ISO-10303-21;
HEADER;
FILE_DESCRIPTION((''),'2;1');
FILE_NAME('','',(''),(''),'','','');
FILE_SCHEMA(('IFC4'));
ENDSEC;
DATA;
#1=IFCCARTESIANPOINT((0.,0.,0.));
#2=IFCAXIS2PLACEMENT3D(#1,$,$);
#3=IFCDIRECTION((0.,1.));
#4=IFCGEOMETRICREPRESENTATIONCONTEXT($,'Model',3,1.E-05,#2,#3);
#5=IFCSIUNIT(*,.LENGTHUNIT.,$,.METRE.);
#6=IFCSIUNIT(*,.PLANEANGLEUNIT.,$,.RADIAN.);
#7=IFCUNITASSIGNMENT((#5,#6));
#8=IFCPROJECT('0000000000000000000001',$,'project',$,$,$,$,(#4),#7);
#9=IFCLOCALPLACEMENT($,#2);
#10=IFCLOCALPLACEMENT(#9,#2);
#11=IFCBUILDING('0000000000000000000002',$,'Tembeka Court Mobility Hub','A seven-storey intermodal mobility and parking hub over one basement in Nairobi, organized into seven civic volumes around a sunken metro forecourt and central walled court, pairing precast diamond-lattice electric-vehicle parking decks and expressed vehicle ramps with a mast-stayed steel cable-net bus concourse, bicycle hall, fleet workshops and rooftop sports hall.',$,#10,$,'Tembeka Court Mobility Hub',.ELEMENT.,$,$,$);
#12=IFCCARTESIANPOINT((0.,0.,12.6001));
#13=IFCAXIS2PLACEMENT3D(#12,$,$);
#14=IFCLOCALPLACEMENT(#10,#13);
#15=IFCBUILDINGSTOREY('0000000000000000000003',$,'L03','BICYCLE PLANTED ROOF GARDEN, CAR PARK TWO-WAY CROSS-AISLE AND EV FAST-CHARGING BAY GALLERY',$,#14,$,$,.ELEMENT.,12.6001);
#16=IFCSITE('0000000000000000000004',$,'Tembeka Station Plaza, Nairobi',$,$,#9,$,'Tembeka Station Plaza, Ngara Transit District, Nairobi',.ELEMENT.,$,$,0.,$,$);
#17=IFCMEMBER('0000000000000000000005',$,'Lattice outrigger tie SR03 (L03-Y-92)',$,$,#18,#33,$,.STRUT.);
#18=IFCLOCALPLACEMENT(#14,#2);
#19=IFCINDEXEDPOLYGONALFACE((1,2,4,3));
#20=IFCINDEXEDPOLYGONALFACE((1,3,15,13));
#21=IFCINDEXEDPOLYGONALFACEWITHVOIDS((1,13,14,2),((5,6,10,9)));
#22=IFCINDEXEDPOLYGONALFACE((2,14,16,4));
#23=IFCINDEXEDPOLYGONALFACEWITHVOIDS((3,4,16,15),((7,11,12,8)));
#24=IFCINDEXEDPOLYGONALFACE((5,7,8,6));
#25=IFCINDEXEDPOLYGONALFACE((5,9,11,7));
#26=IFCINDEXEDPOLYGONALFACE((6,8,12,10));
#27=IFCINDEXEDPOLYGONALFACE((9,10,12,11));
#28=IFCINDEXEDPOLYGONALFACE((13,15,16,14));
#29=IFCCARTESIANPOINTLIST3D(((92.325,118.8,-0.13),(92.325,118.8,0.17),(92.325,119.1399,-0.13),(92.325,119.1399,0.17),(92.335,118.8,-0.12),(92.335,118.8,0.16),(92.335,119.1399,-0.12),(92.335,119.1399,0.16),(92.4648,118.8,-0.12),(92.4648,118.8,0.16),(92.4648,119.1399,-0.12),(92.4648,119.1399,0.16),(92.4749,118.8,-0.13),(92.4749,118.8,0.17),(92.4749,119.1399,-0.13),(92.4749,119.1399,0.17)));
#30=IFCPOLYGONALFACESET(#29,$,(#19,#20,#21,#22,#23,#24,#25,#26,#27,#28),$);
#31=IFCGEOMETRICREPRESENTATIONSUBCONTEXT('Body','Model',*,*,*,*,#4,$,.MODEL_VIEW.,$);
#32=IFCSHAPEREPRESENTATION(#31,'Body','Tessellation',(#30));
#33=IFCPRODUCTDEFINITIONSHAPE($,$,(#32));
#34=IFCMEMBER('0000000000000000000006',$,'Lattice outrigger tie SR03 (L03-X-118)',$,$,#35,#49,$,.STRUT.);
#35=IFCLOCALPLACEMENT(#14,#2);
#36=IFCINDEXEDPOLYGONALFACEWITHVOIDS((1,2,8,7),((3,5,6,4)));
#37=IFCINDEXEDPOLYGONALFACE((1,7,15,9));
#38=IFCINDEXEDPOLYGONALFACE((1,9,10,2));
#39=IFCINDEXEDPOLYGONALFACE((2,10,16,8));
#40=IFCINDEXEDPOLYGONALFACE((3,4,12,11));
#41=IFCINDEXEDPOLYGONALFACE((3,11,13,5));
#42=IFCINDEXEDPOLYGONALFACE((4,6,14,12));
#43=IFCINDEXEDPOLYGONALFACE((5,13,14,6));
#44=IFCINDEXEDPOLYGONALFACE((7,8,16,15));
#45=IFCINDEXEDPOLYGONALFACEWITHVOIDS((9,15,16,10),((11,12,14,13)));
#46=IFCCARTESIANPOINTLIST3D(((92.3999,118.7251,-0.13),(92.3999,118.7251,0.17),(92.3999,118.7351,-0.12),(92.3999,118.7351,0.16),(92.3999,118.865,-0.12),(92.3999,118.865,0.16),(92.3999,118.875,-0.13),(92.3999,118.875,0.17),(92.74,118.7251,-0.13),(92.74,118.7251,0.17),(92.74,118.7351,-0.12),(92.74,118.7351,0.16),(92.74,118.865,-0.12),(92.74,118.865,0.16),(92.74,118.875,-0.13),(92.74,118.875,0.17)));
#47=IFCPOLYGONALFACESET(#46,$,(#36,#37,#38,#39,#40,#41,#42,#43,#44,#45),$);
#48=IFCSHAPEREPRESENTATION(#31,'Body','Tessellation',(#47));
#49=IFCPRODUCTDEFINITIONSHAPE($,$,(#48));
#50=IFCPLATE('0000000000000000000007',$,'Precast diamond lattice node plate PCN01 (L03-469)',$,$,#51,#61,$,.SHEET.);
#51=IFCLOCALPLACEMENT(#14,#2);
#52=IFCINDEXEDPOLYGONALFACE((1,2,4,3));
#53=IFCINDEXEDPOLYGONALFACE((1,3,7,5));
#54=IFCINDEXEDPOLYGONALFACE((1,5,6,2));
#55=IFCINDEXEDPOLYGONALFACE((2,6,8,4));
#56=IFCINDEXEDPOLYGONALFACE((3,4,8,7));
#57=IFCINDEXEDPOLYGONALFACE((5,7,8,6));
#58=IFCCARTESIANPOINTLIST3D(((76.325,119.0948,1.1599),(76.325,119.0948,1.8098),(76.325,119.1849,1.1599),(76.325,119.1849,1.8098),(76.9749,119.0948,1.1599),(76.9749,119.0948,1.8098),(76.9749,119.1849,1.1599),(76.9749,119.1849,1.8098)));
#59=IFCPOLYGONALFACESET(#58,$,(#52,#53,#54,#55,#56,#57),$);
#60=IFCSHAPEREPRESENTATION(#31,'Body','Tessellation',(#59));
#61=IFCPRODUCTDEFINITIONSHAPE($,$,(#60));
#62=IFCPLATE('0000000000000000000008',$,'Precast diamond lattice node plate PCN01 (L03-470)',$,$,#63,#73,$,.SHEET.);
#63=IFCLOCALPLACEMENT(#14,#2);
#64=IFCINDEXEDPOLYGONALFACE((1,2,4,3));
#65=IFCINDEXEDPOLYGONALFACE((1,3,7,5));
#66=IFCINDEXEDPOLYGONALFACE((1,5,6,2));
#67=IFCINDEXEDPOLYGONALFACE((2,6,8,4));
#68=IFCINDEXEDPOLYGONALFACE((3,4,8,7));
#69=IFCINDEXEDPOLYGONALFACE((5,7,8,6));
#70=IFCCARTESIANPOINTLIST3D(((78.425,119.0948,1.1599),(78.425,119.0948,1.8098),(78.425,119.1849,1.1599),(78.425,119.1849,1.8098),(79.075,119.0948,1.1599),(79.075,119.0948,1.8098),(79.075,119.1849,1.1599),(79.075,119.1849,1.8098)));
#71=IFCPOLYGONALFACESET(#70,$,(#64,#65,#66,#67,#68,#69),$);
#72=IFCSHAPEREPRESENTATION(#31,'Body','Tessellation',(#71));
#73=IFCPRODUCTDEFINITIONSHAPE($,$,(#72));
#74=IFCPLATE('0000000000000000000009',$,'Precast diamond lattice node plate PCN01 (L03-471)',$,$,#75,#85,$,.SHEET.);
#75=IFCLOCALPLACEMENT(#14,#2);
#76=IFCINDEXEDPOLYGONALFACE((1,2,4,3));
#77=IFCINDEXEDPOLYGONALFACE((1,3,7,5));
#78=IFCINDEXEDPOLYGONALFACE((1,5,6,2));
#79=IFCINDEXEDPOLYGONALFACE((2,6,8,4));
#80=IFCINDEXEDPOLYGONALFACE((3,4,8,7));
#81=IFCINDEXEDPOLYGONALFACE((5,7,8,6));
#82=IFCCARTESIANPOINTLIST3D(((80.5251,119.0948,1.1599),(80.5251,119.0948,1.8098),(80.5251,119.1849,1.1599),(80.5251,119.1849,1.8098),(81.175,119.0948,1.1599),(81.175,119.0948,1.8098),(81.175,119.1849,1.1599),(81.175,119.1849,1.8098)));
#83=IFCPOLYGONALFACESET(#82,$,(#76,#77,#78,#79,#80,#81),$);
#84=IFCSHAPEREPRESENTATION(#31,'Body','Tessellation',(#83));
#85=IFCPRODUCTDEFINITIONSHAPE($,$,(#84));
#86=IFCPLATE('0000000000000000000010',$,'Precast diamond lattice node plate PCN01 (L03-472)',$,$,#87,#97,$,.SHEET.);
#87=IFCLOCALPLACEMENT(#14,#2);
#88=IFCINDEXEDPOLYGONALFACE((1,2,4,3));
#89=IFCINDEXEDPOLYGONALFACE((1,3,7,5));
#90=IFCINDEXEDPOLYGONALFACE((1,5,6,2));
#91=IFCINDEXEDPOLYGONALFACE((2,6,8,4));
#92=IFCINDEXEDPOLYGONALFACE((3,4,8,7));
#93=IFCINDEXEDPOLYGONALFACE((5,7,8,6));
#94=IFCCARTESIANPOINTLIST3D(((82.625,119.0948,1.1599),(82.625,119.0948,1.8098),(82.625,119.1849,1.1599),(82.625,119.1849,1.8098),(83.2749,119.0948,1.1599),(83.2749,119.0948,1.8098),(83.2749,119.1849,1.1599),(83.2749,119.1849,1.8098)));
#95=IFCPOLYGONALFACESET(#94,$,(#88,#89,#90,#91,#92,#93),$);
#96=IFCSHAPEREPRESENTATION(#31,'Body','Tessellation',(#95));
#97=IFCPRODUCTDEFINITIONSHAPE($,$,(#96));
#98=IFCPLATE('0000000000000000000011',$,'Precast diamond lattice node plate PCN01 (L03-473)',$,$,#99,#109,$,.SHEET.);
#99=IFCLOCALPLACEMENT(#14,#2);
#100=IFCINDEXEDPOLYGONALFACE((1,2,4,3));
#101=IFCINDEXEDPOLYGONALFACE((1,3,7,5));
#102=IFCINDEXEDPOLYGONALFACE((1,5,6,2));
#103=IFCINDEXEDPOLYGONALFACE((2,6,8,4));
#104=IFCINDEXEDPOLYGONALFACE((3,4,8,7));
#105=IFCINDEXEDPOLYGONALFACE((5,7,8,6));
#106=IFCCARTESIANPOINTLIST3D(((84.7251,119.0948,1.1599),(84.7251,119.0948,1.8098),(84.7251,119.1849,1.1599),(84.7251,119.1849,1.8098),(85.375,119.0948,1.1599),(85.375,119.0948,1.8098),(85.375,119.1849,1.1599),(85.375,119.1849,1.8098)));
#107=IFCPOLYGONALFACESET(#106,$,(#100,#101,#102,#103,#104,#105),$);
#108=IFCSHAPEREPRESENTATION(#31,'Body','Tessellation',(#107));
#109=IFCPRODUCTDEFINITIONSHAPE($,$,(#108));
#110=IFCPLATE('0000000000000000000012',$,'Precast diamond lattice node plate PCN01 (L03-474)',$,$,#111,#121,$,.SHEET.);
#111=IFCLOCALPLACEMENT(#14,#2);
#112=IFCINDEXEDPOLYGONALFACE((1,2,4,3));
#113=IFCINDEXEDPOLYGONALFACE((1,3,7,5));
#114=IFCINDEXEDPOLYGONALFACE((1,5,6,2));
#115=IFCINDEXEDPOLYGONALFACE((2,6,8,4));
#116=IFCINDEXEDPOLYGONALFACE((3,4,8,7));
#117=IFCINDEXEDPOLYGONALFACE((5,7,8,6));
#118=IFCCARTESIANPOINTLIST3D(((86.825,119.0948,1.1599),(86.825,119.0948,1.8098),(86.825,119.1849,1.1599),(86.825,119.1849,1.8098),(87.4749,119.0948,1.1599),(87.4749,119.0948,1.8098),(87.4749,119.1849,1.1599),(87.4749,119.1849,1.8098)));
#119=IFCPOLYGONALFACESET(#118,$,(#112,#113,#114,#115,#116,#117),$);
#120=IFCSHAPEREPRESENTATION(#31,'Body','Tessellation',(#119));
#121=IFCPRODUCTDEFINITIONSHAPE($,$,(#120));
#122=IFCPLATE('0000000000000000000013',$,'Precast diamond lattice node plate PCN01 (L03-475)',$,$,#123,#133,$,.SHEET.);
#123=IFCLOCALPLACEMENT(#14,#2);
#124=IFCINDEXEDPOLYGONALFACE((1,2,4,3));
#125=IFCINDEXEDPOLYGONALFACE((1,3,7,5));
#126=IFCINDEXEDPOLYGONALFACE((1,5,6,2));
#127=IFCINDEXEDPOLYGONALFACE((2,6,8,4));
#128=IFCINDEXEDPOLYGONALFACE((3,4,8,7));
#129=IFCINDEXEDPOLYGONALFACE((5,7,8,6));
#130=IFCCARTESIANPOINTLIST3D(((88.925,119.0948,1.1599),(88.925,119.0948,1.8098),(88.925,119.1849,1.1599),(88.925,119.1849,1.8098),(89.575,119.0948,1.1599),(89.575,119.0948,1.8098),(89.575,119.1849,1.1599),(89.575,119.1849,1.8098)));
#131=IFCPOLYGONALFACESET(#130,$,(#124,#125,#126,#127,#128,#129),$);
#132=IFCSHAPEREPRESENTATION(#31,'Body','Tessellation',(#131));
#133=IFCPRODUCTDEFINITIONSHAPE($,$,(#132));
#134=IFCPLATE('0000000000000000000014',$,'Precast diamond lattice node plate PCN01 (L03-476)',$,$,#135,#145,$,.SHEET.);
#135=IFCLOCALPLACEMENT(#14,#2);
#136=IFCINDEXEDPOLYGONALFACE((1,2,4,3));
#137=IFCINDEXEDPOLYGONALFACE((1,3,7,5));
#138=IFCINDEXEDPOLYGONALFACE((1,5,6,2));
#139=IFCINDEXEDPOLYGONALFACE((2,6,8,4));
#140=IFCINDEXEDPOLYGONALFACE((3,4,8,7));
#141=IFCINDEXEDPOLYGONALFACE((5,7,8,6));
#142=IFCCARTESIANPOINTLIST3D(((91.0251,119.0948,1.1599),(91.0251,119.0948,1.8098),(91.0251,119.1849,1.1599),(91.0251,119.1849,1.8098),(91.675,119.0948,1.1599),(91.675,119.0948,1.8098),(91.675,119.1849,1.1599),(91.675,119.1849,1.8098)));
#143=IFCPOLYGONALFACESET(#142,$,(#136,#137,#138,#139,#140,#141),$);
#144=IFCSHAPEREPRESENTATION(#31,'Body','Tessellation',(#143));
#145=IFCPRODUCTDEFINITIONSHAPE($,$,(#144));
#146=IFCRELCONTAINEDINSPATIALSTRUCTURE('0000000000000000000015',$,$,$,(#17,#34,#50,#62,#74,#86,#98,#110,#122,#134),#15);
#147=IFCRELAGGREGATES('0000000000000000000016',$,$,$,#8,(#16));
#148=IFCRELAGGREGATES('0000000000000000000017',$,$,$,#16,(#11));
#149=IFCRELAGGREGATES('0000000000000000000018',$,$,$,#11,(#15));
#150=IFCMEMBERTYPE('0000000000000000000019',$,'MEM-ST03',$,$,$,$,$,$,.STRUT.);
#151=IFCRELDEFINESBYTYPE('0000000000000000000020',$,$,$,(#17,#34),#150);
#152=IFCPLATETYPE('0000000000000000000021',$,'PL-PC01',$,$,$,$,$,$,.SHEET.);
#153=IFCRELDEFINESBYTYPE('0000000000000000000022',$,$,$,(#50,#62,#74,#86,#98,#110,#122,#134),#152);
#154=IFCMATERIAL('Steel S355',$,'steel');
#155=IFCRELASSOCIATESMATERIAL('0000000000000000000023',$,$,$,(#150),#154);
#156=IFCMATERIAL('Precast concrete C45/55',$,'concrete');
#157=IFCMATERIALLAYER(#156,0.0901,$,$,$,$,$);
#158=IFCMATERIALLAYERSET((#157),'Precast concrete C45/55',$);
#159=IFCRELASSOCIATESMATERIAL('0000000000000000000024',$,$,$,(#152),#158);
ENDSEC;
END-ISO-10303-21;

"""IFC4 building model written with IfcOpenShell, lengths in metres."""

from ifc_helpers import new_model, si_unit, direction, frame, origin, origin_2d, place, context, subcontext, project, spatial, rectangle, hollow_rectangle, extrude, material, layer, layer_set, material_profile, profile_set, type_object, element, save


model = new_model("IFC4")

# Units and contexts
model_context = context("Model", 3, precision=1e-05, world=origin(), true_north=direction((0.0, 1.0)))
body_context = subcontext(model_context, "Body", "Model", "MODEL_VIEW")
ifc_project = project(units=[si_unit("LENGTHUNIT", "METRE"), si_unit("PLANEANGLEUNIT", "RADIAN")], contexts=[model_context])

# Site, building, storey
site_placement = place(None, origin())
site = spatial("IfcSite", under=ifc_project, at=site_placement, Name="Tembeka Station Plaza, Nairobi", LongName="Tembeka Station Plaza, Ngara Transit District, Nairobi", CompositionType="ELEMENT", RefElevation=0.0)
building_placement = place(site_placement, origin())
building = spatial("IfcBuilding", under=site, at=building_placement, Name="Tembeka Court Mobility Hub", Description="A seven-storey intermodal mobility and parking hub over one basement in Nairobi, organized into seven civic volumes around a sunken metro forecourt and central walled court, pairing precast diamond-lattice electric-vehicle parking decks and expressed vehicle ramps with a mast-stayed steel cable-net bus concourse, bicycle hall, fleet workshops and rooftop sports hall.", LongName="Tembeka Court Mobility Hub", CompositionType="ELEMENT")
storey_placement = place(building_placement, frame((0.0, 0.0, 12.6001)))
storey = spatial("IfcBuildingStorey", under=building, at=storey_placement, Name="L03", Description="BICYCLE PLANTED ROOF GARDEN, CAR PARK TWO-WAY CROSS-AISLE AND EV FAST-CHARGING BAY GALLERY", CompositionType="ELEMENT", Elevation=12.6001)

# Shared definitions
ifc_material_1 = material(Name="Steel S355", Category="steel")

# Members
ifc_material_2 = material(Name="Precast concrete C45/55", Category="concrete")
ifc_material_profile_1 = material_profile(ifc_material_1, hollow_rectangle(XDim=0.1499, YDim=0.3, WallThickness=0.01, at=origin_2d()), Name="RHS 300x150x10")
ifc_profile_set_1 = profile_set([ifc_material_profile_1], Name="Steel S355")
member_type_1 = type_object("IfcMemberType", Name="MEM-ST03", PredefinedType="STRUT", material=ifc_profile_set_1)
member_1_placement = place(storey_placement, frame((92.3999, 118.8, 0.02), z_axis=(0.0, 1.0, 0.0), x_axis=(-1.0, 0.0, 0.0)))
element("IfcMember", 1, at=member_1_placement, inside=storey, type_object=member_type_1, Name="Lattice outrigger tie SR03 (L03-Y-92)", PredefinedType="STRUT", context=body_context, shape_type="SweptSolid", body=[
    extrude(hollow_rectangle(XDim=0.1499, YDim=0.3, WallThickness=0.01, at=origin_2d()), origin(), (0.0, 0.0, 1.0), 0.3398),
])
member_2_placement = place(storey_placement, frame((92.3999, 118.8, 0.02), z_axis=(1.0, 0.0, 0.0), x_axis=(0.0, 1.0, 0.0)))
element("IfcMember", 2, at=member_2_placement, inside=storey, type_object=member_type_1, Name="Lattice outrigger tie SR03 (L03-X-118)", PredefinedType="STRUT", context=body_context, shape_type="SweptSolid", body=[
    extrude(hollow_rectangle(XDim=0.1499, YDim=0.3, WallThickness=0.01, at=origin_2d()), origin(), (0.0, 0.0, 1.0), 0.3401),
])

# Plates
ifc_layer = layer(ifc_material_2, 0.0901)
ifc_layer_set = layer_set([ifc_layer], Name="Precast concrete C45/55")
plate_type = type_object("IfcPlateType", Name="PL-PC01", PredefinedType="SHEET", material=ifc_layer_set)
for number, where, z_axis, x_axis, name in (
    (3, (76.6499, 119.1399, 1.1599), (0.0, 0.0, 1.0), (1.0, 0.0, 0.0), "Precast diamond lattice node plate PCN01 (L03-469)"),
    (4, (78.75, 119.1399, 1.1599), (0.0, 0.0, 1.0), (1.0, 0.0, 0.0), "Precast diamond lattice node plate PCN01 (L03-470)"),
    (5, (80.8501, 119.1399, 1.1599), (0.0, 0.0, 1.0), (1.0, 0.0, 0.0), "Precast diamond lattice node plate PCN01 (L03-471)"),
    (6, (82.95, 119.1399, 1.1599), (0.0, 0.0, 1.0), (1.0, 0.0, 0.0), "Precast diamond lattice node plate PCN01 (L03-472)"),
    (7, (85.05, 119.1399, 1.1599), (0.0, 0.0, 1.0), (1.0, 0.0, 0.0), "Precast diamond lattice node plate PCN01 (L03-473)"),
    (8, (87.1499, 119.1399, 1.1599), (0.0, 0.0, 1.0), (1.0, 0.0, 0.0), "Precast diamond lattice node plate PCN01 (L03-474)"),
    (9, (89.25, 119.1399, 1.1599), (0.0, 0.0, 1.0), (1.0, 0.0, 0.0), "Precast diamond lattice node plate PCN01 (L03-475)"),
    (10, (91.3501, 119.1399, 1.1599), (0.0, 0.0, 1.0), (1.0, 0.0, 0.0), "Precast diamond lattice node plate PCN01 (L03-476)"),
):
    element("IfcPlate", number, at=place(storey_placement, frame(where, z_axis=z_axis, x_axis=x_axis)), inside=storey, type_object=plate_type, Name=name, PredefinedType="SHEET", context=body_context, shape_type="SweptSolid", body=[
        extrude(rectangle(XDim=0.6499, YDim=0.0901, at=origin_2d()), origin(), (0.0, 0.0, 1.0), 0.6499),
    ])

save(model, "model.ifc")
